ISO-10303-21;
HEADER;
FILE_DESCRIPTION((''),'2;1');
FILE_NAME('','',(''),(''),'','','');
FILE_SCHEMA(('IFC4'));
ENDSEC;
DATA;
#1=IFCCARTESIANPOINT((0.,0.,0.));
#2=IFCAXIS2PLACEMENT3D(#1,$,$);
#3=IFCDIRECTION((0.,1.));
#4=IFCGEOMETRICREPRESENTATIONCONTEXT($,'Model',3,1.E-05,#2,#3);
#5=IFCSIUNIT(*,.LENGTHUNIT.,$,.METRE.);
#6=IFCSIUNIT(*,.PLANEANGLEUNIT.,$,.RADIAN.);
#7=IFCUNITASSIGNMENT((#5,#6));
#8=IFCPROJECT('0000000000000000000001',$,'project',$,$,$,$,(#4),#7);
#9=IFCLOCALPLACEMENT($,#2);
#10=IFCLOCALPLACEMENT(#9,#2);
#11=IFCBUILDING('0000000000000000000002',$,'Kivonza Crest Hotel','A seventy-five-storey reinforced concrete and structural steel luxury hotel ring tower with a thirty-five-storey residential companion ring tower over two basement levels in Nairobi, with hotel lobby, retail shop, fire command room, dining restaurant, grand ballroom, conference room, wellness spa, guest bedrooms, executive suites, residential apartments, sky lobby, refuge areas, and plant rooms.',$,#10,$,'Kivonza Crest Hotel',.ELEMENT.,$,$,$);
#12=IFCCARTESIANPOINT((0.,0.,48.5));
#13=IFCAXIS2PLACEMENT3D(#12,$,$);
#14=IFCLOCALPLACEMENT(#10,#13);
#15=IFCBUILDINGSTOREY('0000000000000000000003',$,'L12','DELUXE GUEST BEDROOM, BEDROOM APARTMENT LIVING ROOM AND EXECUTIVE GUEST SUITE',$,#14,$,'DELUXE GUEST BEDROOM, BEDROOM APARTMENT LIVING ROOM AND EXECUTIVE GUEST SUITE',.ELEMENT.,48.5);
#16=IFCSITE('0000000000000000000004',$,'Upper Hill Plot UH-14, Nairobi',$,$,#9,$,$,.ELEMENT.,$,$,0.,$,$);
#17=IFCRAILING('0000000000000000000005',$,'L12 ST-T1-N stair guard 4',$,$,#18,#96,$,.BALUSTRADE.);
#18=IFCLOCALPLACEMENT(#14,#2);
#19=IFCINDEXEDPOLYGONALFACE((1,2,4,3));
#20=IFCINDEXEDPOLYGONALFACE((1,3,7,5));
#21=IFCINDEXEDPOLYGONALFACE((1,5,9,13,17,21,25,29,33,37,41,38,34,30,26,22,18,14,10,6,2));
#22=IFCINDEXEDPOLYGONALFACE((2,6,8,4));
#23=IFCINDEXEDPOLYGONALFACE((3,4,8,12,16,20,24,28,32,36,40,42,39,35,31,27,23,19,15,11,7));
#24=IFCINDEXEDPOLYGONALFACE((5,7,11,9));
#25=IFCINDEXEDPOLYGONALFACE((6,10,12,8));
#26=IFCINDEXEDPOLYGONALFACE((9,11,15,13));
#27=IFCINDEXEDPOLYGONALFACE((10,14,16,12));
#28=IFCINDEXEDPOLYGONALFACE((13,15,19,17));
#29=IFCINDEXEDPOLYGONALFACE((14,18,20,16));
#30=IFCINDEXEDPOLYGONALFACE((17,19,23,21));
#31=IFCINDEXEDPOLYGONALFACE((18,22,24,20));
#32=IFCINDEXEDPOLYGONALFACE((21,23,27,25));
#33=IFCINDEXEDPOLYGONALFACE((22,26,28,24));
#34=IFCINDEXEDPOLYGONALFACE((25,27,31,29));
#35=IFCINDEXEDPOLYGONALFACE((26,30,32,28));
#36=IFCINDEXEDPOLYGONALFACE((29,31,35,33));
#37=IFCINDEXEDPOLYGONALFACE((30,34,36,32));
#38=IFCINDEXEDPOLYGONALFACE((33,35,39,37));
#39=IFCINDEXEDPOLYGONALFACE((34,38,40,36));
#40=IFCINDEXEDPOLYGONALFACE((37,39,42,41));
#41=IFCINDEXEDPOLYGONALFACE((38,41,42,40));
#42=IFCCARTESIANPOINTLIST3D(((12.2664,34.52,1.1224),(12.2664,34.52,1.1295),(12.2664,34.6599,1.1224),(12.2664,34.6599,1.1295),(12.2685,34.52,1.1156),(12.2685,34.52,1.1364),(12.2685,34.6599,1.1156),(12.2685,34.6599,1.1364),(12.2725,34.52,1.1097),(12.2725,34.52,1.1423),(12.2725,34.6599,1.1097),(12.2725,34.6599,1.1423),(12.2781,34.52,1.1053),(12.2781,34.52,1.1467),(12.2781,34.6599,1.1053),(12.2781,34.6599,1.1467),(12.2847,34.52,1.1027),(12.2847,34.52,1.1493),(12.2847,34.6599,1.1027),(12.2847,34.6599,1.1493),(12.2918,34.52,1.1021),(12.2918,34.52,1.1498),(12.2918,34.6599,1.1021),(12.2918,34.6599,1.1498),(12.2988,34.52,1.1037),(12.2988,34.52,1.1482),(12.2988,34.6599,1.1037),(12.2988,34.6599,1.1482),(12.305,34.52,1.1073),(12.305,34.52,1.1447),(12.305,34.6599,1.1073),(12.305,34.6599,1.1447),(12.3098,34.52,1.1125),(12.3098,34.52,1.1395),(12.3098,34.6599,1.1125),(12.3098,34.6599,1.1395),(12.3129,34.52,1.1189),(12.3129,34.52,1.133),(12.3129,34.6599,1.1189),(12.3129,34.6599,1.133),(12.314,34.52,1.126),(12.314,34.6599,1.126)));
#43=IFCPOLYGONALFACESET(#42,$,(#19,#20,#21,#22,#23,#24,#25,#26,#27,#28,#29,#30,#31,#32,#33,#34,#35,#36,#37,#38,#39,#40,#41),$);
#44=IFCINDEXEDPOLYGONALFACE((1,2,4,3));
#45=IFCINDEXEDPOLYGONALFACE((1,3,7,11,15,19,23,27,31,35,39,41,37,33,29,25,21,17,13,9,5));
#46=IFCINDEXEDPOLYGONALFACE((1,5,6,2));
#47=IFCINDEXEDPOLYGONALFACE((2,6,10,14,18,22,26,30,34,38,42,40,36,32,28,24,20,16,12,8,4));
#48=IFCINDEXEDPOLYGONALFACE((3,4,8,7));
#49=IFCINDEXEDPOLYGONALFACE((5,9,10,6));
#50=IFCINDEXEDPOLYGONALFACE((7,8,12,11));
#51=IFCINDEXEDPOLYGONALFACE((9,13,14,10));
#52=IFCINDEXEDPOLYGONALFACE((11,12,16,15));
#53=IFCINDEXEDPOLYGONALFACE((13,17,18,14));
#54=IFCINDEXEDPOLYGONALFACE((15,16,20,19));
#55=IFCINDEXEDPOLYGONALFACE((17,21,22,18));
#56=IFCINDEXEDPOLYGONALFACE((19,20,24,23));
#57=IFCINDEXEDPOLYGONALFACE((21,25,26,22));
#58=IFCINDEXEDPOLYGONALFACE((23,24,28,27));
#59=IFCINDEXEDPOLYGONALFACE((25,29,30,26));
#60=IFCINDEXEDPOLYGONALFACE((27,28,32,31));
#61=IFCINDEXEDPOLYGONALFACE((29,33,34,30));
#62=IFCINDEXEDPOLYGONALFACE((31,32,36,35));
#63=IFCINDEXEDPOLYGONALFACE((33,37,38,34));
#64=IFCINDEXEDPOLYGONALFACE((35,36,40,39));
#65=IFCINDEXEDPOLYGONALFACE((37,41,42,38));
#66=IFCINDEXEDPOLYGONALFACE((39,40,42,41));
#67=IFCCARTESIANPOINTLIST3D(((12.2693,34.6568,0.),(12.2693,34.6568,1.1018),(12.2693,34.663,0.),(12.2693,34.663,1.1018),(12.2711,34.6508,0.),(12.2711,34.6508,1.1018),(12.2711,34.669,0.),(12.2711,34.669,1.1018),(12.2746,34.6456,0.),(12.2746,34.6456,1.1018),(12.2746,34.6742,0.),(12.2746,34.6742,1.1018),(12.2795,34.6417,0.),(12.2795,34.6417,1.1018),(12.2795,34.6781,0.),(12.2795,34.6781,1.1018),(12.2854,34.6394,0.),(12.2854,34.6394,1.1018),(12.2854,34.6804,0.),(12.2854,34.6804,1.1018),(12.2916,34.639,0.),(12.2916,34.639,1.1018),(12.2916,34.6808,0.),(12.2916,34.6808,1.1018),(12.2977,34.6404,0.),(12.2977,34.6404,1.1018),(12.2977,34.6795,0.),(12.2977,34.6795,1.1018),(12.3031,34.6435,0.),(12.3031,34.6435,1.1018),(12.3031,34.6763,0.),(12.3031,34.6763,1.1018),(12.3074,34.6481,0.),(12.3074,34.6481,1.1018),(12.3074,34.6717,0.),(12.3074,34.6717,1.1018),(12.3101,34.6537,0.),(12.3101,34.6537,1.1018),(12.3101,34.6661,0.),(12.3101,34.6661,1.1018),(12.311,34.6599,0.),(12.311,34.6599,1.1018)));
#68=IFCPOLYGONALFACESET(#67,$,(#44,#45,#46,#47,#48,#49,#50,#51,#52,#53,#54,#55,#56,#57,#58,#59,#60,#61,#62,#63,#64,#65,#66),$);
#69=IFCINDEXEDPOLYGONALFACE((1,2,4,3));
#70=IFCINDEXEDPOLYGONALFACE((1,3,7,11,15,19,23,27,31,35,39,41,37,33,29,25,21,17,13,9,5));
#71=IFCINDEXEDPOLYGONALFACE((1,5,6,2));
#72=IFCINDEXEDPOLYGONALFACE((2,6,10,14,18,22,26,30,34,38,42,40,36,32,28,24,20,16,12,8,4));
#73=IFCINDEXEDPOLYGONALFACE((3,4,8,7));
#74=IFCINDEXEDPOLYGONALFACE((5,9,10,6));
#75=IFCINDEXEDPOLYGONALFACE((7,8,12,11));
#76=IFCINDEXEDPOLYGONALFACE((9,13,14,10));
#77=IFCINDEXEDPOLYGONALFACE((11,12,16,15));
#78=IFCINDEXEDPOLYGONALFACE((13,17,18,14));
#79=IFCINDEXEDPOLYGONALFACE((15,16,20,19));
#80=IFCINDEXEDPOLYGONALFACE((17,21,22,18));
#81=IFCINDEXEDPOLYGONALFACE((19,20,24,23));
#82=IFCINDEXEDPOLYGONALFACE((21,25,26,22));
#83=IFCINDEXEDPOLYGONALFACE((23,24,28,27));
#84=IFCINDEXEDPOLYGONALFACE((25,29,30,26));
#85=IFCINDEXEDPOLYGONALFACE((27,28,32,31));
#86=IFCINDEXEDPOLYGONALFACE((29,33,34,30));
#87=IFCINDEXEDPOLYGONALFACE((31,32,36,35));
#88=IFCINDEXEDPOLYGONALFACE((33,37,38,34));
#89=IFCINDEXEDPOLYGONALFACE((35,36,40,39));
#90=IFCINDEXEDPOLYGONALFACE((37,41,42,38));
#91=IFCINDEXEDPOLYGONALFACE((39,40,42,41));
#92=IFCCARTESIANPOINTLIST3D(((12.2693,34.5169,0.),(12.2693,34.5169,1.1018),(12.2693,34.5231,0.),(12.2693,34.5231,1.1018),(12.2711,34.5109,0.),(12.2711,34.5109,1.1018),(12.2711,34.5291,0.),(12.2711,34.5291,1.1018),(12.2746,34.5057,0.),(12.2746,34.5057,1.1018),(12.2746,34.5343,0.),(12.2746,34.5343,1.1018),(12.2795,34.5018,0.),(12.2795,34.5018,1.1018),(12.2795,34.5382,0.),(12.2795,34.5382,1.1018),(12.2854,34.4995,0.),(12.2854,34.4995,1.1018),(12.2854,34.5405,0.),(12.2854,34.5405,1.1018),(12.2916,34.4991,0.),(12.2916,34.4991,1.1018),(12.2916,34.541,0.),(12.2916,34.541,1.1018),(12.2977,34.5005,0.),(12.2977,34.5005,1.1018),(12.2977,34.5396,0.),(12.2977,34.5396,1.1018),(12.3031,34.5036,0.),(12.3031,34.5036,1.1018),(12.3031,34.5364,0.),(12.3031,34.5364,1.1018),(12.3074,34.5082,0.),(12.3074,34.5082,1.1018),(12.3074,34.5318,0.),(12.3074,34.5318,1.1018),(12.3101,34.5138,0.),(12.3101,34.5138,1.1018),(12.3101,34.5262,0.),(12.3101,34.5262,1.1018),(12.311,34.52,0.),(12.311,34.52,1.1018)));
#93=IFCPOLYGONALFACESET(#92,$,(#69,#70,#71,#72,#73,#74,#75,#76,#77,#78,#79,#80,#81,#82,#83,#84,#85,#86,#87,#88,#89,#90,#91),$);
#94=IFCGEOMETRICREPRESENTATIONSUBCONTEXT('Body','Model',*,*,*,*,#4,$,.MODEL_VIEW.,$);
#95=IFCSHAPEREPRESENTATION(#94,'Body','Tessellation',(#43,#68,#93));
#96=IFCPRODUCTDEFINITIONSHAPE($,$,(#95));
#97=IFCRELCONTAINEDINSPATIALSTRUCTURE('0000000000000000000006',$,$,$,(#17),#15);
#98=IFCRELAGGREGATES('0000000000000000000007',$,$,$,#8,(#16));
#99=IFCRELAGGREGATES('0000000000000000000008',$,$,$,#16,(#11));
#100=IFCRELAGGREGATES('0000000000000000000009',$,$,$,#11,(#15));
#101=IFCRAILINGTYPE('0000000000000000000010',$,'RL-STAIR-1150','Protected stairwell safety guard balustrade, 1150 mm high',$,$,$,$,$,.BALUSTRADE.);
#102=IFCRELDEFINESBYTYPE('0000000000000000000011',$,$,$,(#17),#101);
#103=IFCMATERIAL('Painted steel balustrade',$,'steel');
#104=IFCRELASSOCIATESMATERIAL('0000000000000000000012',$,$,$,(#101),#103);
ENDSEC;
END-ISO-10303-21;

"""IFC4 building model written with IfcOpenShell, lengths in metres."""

from ifc_helpers import new_model, si_unit, direction, frame, origin, origin_2d, place, context, subcontext, project, spatial, circle, extrude, material, type_object, element, save


model = new_model("IFC4")

# Units and contexts
model_context = context("Model", 3, precision=1e-05, world=origin(), true_north=direction((0.0, 1.0)))
body_context = subcontext(model_context, "Body", "Model", "MODEL_VIEW")
ifc_project = project(units=[si_unit("LENGTHUNIT", "METRE"), si_unit("PLANEANGLEUNIT", "RADIAN")], contexts=[model_context])

# Site, building, storey
site_placement = place(None, origin())
site = spatial("IfcSite", under=ifc_project, at=site_placement, Name="Upper Hill Plot UH-14, Nairobi", CompositionType="ELEMENT", RefElevation=0.0)
building_placement = place(site_placement, origin())
building = spatial("IfcBuilding", under=site, at=building_placement, Name="Kivonza Crest Hotel", Description="A seventy-five-storey reinforced concrete and structural steel luxury hotel ring tower with a thirty-five-storey residential companion ring tower over two basement levels in Nairobi, with hotel lobby, retail shop, fire command room, dining restaurant, grand ballroom, conference room, wellness spa, guest bedrooms, executive suites, residential apartments, sky lobby, refuge areas, and plant rooms.", LongName="Kivonza Crest Hotel", CompositionType="ELEMENT")
storey_placement = place(building_placement, frame((0.0, 0.0, 48.5)))
storey = spatial("IfcBuildingStorey", under=building, at=storey_placement, Name="L12", Description="DELUXE GUEST BEDROOM, BEDROOM APARTMENT LIVING ROOM AND EXECUTIVE GUEST SUITE", LongName="DELUXE GUEST BEDROOM, BEDROOM APARTMENT LIVING ROOM AND EXECUTIVE GUEST SUITE", CompositionType="ELEMENT", Elevation=48.5)

# Railing
ifc_material_1 = material(Name="Painted steel balustrade", Category="steel")
railing_type_1 = type_object("IfcRailingType", Name="RL-STAIR-1150", Description="Protected stairwell safety guard balustrade, 1150 mm high", PredefinedType="BALUSTRADE", material=ifc_material_1)
railing_1_placement = place(storey_placement, frame((12.29, 34.6599, 0.0)))
element("IfcRailing", 1, at=railing_1_placement, inside=storey, type_object=railing_type_1, Name="L12 ST-T1-N stair guard 4", PredefinedType="BALUSTRADE", context=body_context, shape_type="SweptSolid", body=[
    extrude(circle(Radius=0.0239, at=origin_2d()), frame((0.0, 0.0, 1.126), z_axis=(0.0, -1.0, 0.0), x_axis=(1.0, 0.0, 0.0)), (0.0, 0.0, 1.0), 0.1399),
    extrude(circle(Radius=0.021, at=origin_2d()), origin(), (0.0, 0.0, 1.0), 1.1018),
    extrude(circle(Radius=0.021, at=origin_2d()), frame((0.0, -0.1399, 0.0)), (0.0, 0.0, 1.0), 1.1018),
])

save(model, "model.ifc")
